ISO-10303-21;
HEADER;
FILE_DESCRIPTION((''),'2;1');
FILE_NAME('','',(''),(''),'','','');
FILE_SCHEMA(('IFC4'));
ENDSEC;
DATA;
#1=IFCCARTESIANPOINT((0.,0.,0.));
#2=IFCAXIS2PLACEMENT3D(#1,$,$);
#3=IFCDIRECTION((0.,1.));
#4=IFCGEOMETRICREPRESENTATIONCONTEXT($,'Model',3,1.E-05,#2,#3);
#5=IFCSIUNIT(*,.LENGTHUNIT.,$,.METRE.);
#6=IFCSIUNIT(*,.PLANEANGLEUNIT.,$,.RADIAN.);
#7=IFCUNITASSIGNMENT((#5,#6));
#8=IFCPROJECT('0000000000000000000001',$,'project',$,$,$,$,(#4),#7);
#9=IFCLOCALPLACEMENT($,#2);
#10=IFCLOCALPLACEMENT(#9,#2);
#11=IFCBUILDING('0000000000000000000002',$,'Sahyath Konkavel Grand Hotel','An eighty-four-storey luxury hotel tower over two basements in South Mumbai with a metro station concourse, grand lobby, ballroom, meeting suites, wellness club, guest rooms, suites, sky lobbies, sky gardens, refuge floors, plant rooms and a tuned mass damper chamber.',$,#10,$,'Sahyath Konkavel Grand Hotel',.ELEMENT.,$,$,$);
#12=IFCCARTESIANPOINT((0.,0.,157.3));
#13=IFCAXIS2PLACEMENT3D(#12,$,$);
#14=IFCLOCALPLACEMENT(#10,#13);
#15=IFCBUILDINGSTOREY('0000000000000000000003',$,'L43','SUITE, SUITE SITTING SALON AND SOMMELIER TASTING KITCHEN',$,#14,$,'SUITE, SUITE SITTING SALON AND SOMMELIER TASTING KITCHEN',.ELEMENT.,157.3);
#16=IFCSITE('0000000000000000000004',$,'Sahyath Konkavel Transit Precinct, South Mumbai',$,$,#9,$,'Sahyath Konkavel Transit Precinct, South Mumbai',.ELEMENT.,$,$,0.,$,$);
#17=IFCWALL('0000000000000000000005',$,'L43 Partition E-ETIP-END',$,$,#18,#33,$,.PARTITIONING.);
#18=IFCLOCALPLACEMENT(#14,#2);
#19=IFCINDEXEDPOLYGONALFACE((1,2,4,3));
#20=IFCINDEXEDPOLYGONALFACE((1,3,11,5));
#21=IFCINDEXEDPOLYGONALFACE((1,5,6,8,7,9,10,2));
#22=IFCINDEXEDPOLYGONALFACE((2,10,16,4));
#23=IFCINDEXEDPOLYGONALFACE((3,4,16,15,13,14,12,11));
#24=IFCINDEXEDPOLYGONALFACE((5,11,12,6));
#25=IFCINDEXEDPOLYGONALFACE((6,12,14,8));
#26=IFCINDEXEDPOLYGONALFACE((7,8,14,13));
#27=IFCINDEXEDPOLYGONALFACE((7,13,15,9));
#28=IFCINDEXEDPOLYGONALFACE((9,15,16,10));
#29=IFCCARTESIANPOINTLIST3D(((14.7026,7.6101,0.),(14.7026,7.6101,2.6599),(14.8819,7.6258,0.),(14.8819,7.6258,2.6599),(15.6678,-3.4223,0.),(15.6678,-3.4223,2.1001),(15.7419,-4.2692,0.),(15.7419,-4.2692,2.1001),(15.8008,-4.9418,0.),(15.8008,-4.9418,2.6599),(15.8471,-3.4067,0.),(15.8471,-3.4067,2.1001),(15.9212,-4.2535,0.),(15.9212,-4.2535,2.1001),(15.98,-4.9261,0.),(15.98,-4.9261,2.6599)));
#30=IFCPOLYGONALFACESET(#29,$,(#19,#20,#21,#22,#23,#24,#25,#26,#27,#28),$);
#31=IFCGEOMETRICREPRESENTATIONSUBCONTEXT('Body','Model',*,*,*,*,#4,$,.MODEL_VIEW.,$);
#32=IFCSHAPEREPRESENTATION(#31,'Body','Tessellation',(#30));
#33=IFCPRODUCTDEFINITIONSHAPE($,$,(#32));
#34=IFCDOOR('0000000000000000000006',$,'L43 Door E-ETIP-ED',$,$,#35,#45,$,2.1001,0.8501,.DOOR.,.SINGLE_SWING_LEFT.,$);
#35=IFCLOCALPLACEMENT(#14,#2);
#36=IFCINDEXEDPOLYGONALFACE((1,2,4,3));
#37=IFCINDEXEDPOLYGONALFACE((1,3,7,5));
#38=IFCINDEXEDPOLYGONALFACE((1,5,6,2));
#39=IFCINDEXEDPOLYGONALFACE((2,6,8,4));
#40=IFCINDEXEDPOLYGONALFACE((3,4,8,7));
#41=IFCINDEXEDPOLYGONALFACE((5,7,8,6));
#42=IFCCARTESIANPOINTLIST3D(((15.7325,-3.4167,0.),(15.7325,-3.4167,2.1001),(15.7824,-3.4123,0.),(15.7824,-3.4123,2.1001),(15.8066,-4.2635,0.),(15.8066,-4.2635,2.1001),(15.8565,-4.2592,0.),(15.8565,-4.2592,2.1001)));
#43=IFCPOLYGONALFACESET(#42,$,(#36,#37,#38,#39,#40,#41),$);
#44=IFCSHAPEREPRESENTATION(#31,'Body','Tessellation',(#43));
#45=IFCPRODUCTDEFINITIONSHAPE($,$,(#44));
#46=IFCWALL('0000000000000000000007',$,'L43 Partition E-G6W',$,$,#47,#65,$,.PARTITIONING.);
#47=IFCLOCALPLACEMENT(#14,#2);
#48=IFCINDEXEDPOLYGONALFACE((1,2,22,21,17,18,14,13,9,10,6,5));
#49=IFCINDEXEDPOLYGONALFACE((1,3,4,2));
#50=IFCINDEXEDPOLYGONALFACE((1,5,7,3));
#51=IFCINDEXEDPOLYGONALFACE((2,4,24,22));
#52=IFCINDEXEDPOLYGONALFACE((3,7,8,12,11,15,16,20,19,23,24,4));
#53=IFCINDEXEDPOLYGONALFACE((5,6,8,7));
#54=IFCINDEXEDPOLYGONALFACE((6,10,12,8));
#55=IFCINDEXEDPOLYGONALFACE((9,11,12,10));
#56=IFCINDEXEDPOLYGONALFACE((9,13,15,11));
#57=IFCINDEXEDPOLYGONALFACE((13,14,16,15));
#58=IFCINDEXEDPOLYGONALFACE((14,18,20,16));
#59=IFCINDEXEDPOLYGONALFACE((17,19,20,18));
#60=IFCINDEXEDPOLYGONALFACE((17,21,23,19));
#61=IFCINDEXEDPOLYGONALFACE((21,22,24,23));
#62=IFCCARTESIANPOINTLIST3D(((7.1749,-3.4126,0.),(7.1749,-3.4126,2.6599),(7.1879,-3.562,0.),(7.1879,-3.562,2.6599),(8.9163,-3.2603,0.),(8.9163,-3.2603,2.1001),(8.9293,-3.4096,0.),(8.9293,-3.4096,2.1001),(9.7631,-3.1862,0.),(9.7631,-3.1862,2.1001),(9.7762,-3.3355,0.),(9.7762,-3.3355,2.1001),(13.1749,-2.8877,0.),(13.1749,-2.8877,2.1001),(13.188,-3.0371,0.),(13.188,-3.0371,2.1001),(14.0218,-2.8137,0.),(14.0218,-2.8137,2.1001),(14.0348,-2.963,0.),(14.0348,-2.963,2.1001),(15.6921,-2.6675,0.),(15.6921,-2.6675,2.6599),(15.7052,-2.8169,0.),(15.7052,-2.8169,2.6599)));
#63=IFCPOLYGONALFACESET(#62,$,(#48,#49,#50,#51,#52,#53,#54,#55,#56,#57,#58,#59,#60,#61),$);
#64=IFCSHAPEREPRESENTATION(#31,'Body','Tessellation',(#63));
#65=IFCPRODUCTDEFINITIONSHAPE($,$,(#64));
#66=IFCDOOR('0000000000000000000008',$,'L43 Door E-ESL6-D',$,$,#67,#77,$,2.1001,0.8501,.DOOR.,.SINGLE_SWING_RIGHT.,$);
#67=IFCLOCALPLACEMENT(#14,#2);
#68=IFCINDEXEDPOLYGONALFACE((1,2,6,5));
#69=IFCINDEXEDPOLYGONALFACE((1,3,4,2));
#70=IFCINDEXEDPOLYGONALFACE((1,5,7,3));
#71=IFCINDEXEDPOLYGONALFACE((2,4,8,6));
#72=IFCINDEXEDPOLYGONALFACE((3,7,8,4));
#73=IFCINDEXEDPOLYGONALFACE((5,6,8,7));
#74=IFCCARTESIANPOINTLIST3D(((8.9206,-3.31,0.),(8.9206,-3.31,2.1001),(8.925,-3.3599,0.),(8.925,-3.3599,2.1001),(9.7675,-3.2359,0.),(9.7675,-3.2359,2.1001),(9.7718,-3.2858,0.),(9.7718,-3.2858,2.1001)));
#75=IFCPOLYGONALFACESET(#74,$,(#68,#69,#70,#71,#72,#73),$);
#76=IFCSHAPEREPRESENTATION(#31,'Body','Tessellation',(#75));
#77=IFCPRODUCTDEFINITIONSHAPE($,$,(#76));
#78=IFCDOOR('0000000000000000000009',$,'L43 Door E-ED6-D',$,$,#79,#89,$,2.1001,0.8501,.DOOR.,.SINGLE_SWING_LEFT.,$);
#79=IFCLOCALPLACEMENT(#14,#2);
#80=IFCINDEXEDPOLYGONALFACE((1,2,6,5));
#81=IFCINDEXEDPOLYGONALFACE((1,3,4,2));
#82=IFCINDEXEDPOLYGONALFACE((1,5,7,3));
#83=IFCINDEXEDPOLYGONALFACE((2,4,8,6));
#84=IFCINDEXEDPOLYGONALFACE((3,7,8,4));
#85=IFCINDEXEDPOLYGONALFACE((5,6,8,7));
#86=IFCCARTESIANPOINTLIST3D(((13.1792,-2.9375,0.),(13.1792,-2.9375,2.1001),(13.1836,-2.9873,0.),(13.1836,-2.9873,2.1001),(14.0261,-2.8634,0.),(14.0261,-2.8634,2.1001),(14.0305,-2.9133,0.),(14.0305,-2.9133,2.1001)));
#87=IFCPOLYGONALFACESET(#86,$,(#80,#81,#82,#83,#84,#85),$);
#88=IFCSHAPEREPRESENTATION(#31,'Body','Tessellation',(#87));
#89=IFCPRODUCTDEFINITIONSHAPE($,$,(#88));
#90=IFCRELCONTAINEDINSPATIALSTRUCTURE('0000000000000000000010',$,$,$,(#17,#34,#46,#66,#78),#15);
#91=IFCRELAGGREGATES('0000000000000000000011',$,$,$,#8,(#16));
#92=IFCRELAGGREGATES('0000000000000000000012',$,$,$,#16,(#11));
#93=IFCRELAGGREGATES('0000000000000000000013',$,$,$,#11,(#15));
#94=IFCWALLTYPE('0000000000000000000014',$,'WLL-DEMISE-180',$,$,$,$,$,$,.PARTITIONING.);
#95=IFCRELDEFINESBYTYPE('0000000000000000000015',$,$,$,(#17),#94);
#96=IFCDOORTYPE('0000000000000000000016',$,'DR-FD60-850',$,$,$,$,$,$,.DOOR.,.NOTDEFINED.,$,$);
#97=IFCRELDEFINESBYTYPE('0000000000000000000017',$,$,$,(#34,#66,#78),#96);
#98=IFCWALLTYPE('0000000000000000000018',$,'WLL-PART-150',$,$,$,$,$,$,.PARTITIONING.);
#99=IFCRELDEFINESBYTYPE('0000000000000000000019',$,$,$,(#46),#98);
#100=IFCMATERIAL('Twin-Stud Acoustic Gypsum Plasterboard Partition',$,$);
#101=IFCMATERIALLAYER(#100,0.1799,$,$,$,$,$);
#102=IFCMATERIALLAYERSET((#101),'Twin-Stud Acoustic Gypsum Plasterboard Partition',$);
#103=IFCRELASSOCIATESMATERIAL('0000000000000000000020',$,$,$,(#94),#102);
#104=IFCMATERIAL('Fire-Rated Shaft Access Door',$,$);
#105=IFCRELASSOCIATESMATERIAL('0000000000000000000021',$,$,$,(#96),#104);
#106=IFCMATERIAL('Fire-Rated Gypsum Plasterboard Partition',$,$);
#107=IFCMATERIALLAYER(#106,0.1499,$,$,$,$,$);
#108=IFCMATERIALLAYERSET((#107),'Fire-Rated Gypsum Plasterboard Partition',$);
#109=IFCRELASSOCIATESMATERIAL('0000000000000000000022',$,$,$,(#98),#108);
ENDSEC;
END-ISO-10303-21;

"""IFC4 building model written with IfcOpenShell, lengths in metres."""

from ifc_helpers import new_model, si_unit, direction, frame, frame_2d, origin, origin_2d, place, context, subcontext, project, spatial, rectangle, extrude, source, transform, mapped, material, layer, layer_set, type_object, element, fill, save


model = new_model("IFC4")

# Units and contexts
model_context = context("Model", 3, precision=1e-05, world=origin(), true_north=direction((0.0, 1.0)))
body_context = subcontext(model_context, "Body", "Model", "MODEL_VIEW")
ifc_project = project(units=[si_unit("LENGTHUNIT", "METRE"), si_unit("PLANEANGLEUNIT", "RADIAN")], contexts=[model_context])

# Site, building, storey
site_placement = place(None, origin())
site = spatial("IfcSite", under=ifc_project, at=site_placement, Name="Sahyath Konkavel Transit Precinct, South Mumbai", LongName="Sahyath Konkavel Transit Precinct, South Mumbai", CompositionType="ELEMENT", RefElevation=0.0)
building_placement = place(site_placement, origin())
building = spatial("IfcBuilding", under=site, at=building_placement, Name="Sahyath Konkavel Grand Hotel", Description="An eighty-four-storey luxury hotel tower over two basements in South Mumbai with a metro station concourse, grand lobby, ballroom, meeting suites, wellness club, guest rooms, suites, sky lobbies, sky gardens, refuge floors, plant rooms and a tuned mass damper chamber.", LongName="Sahyath Konkavel Grand Hotel", CompositionType="ELEMENT")
storey_placement = place(building_placement, frame((0.0, 0.0, 157.3)))
storey = spatial("IfcBuildingStorey", under=building, at=storey_placement, Name="L43", Description="SUITE, SUITE SITTING SALON AND SOMMELIER TASTING KITCHEN", LongName="SUITE, SUITE SITTING SALON AND SOMMELIER TASTING KITCHEN", CompositionType="ELEMENT", Elevation=157.3)

# Shared definitions
ifc_material_1 = material(Name="Twin-Stud Acoustic Gypsum Plasterboard Partition")
ifc_layer_1 = layer(ifc_material_1, 0.1799)
ifc_layer_set_1 = layer_set([ifc_layer_1], Name="Twin-Stud Acoustic Gypsum Plasterboard Partition")
wall_type_1 = type_object("IfcWallType", Name="WLL-DEMISE-180", PredefinedType="PARTITIONING", material=ifc_layer_set_1)

# Wall, opening, door
wall_1_placement = place(storey_placement, frame((15.8904, -4.9338, 0.0), z_axis=(0.0, 0.0, 1.0), x_axis=(-0.087155, 0.996195, 0.0)))
wall_1 = element("IfcWall", 1, at=wall_1_placement, inside=storey, type_object=wall_type_1, Name="L43 Partition E-ETIP-END", PredefinedType="PARTITIONING", context=body_context, shape_type="SweptSolid", body=[
    extrude(rectangle(XDim=12.5999, YDim=0.1799, at=frame_2d((6.2998, 0.0))), origin(), (0.0, 0.0, 1.0), 2.6599),
])
opening_1_placement = place(wall_1_placement, frame((0.675, 0.0, 0.0)))
opening_1 = element("IfcOpeningElement", 2, at=opening_1_placement, cuts=wall_1, PredefinedType="OPENING", context=body_context, shape_type="SweptSolid", body=[
    extrude(rectangle(XDim=0.8501, YDim=2.1001, at=frame_2d((0.425, 1.05))), frame((0.0, 0.1001, 0.0), z_axis=(0.0, -1.0, 0.0), x_axis=(1.0, 0.0, 0.0)), (0.0, 0.0, 1.0), 0.2),
])
ifc_material_2 = material(Name="Fire-Rated Shaft Access Door")
door_type = type_object("IfcDoorType", Name="DR-FD60-850", OperationType="NOTDEFINED", PredefinedType="DOOR", material=ifc_material_2)
shared_shape_1 = source(origin(), body_context, "Body", "SweptSolid", [
    extrude(rectangle(XDim=0.8501, YDim=0.05, at=origin_2d()), origin(), (0.0, 0.0, 1.0), 2.1001),
])
door_1_placement = place(opening_1_placement, frame((0.425, 0.0, 0.0)))
door_1 = element("IfcDoor", 3, at=door_1_placement, inside=storey, type_object=door_type, Name="L43 Door E-ETIP-ED", OperationType="SINGLE_SWING_LEFT", OverallHeight=2.1001, OverallWidth=0.8501, PredefinedType="DOOR", context=body_context, shape_type="MappedRepresentation", body=[
    mapped(shared_shape_1, transform((0.0, 0.0, 0.0), scale=1.0)),
])
fill(opening_1, door_1)

# Wall, openings, doors
ifc_material_3 = material(Name="Fire-Rated Gypsum Plasterboard Partition")
ifc_layer_2 = layer(ifc_material_3, 0.1499)
ifc_layer_set_2 = layer_set([ifc_layer_2], Name="Fire-Rated Gypsum Plasterboard Partition")
wall_type_2 = type_object("IfcWallType", Name="WLL-PART-150", PredefinedType="PARTITIONING", material=ifc_layer_set_2)
wall_2_placement = place(storey_placement, frame((7.1814, -3.4873, 0.0), z_axis=(0.0, 0.0, 1.0), x_axis=(0.996195, 0.08715, 0.0)))
wall_2 = element("IfcWall", 4, at=wall_2_placement, inside=storey, type_object=wall_type_2, Name="L43 Partition E-G6W", PredefinedType="PARTITIONING", context=body_context, shape_type="SweptSolid", body=[
    extrude(rectangle(XDim=8.5498, YDim=0.1499, at=frame_2d((4.2749, 0.0))), origin(), (0.0, 0.0, 1.0), 2.6599),
])
opening_2_placement = place(wall_2_placement, frame((1.748, 0.0, 0.0)))
opening_2 = element("IfcOpeningElement", 5, at=opening_2_placement, cuts=wall_2, PredefinedType="OPENING", context=body_context, shape_type="SweptSolid", body=[
    extrude(rectangle(XDim=0.8501, YDim=2.1001, at=frame_2d((0.425, 1.05))), frame((0.0, 0.085, 0.0), z_axis=(0.0, -1.0, 0.0), x_axis=(1.0, 0.0, 0.0)), (0.0, 0.0, 1.0), 0.1699),
])
opening_3_placement = place(wall_2_placement, frame((6.0229, 0.0, 0.0)))
opening_3 = element("IfcOpeningElement", 6, at=opening_3_placement, cuts=wall_2, PredefinedType="OPENING", context=body_context, shape_type="SweptSolid", body=[
    extrude(rectangle(XDim=0.8501, YDim=2.1001, at=frame_2d((0.425, 1.05))), frame((0.0, 0.085, 0.0), z_axis=(0.0, -1.0, 0.0), x_axis=(1.0, 0.0, 0.0)), (0.0, 0.0, 1.0), 0.1699),
])
door_2_placement = place(opening_2_placement, frame((0.425, 0.0, 0.0)))
door_2 = element("IfcDoor", 7, at=door_2_placement, inside=storey, type_object=door_type, Name="L43 Door E-ESL6-D", OperationType="SINGLE_SWING_RIGHT", OverallHeight=2.1001, OverallWidth=0.8501, PredefinedType="DOOR", context=body_context, shape_type="MappedRepresentation", body=[
    mapped(shared_shape_1, transform((0.0, 0.0, 0.0), scale=1.0)),
])
fill(opening_2, door_2)
door_3_placement = place(opening_3_placement, frame((0.425, 0.0, 0.0)))
door_3 = element("IfcDoor", 8, at=door_3_placement, inside=storey, type_object=door_type, Name="L43 Door E-ED6-D", OperationType="SINGLE_SWING_LEFT", OverallHeight=2.1001, OverallWidth=0.8501, PredefinedType="DOOR", context=body_context, shape_type="MappedRepresentation", body=[
    mapped(shared_shape_1, transform((0.0, 0.0, 0.0), scale=1.0)),
])
fill(opening_3, door_3)

save(model, "model.ifc")
